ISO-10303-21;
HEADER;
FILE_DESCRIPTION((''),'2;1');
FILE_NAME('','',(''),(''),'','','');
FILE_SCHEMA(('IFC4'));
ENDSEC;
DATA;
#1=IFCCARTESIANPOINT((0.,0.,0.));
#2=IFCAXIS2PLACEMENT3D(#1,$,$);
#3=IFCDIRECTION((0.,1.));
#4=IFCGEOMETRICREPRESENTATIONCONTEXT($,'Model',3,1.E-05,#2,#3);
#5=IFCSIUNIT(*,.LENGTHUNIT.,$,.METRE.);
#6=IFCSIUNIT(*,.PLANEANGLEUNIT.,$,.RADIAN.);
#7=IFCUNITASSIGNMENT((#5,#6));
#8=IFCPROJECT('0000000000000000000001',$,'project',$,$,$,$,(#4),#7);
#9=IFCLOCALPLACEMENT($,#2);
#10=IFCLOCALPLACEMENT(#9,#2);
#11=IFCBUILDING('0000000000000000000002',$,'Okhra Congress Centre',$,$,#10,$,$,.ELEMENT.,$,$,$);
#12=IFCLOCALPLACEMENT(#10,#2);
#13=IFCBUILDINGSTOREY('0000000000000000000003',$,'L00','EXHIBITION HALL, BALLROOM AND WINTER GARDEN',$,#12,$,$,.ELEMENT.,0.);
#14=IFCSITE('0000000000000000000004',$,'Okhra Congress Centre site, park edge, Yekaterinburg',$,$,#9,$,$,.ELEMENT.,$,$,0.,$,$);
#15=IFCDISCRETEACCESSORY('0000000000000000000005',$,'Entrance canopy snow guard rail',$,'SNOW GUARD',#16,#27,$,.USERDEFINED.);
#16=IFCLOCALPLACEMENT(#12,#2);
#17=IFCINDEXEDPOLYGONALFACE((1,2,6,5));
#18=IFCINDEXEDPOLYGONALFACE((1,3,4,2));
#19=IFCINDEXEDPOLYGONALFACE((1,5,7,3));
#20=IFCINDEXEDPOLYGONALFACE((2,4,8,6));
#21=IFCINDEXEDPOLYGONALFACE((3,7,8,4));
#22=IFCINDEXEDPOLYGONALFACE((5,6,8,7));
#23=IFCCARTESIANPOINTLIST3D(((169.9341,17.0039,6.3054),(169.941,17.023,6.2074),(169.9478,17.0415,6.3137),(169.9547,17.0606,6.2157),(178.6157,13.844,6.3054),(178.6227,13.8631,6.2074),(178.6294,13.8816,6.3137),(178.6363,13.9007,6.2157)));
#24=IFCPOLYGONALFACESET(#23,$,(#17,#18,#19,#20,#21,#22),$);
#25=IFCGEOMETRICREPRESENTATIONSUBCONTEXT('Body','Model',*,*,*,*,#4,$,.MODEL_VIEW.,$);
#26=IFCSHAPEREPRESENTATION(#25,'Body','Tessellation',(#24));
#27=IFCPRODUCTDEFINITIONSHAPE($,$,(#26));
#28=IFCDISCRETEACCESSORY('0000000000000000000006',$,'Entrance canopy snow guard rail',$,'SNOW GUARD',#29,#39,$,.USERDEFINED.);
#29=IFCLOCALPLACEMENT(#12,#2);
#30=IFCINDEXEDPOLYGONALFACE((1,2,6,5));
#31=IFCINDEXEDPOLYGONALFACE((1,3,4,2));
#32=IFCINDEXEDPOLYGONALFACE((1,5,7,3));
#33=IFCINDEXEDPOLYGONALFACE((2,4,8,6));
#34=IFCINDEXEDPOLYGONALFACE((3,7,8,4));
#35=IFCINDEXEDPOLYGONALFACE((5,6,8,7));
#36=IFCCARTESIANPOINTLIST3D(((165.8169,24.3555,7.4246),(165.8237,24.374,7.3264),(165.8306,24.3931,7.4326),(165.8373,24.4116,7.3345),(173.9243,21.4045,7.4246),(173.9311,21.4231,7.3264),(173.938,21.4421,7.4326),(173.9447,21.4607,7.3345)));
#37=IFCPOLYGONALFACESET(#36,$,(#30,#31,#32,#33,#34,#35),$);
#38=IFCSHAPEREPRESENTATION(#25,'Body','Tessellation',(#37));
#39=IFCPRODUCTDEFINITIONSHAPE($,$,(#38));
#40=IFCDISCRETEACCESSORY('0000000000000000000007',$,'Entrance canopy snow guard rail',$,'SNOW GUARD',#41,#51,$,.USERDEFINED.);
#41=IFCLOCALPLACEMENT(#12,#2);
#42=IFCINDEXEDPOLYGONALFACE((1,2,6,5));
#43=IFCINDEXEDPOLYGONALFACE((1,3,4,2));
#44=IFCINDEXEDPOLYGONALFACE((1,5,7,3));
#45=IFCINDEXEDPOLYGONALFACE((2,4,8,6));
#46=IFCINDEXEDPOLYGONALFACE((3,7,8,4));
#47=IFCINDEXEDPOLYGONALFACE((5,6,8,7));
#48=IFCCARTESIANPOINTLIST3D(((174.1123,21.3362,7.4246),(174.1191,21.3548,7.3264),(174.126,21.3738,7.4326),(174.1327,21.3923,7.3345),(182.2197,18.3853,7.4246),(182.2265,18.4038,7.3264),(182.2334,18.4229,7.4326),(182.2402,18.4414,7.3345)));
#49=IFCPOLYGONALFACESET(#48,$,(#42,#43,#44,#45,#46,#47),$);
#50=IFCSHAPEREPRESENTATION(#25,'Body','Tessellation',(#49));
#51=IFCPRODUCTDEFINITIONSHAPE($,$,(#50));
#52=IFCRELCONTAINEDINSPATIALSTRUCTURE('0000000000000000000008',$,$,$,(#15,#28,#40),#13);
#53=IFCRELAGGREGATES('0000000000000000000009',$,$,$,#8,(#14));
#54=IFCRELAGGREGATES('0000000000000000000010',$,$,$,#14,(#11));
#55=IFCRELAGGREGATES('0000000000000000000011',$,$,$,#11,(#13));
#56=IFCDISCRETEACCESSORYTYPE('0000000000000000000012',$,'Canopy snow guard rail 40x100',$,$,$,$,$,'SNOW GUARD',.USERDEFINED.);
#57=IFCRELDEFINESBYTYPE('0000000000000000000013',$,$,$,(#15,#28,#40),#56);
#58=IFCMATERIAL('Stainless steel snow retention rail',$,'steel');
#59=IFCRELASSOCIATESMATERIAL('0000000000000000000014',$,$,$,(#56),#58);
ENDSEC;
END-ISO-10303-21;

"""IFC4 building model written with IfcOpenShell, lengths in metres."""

from ifc_helpers import new_model, si_unit, direction, frame, origin, place, context, subcontext, project, spatial, polyline, outline, extrude, material, type_object, element, save


model = new_model("IFC4")

# Units and contexts
model_context = context("Model", 3, precision=1e-05, world=origin(), true_north=direction((0.0, 1.0)))
body_context = subcontext(model_context, "Body", "Model", "MODEL_VIEW")
ifc_project = project(units=[si_unit("LENGTHUNIT", "METRE"), si_unit("PLANEANGLEUNIT", "RADIAN")], contexts=[model_context])

# Site, building, storey
site_placement = place(None, origin())
site = spatial("IfcSite", under=ifc_project, at=site_placement, Name="Okhra Congress Centre site, park edge, Yekaterinburg", CompositionType="ELEMENT", RefElevation=0.0)
building_placement = place(site_placement, origin())
building = spatial("IfcBuilding", under=site, at=building_placement, Name="Okhra Congress Centre", CompositionType="ELEMENT")
storey_placement = place(building_placement, origin())
storey = spatial("IfcBuildingStorey", under=building, at=storey_placement, Name="L00", Description="EXHIBITION HALL, BALLROOM AND WINTER GARDEN", CompositionType="ELEMENT", Elevation=0.0)

# Discrete accessories
ifc_material_1 = material(Name="Stainless steel snow retention rail", Category="steel")
discrete_accessory_type_1 = type_object("IfcDiscreteAccessoryType", Name="Canopy snow guard rail 40x100", ElementType="SNOW GUARD", PredefinedType="USERDEFINED", material=ifc_material_1)
discrete_accessory_1_placement = place(storey_placement, frame((169.9341, 17.0039, 6.3054), z_axis=(-0.069486, -0.190907, 0.979146), x_axis=(0.939691, -0.342025, 0.0)))
element("IfcDiscreteAccessory", 1, at=discrete_accessory_1_placement, inside=storey, type_object=discrete_accessory_type_1, Name="Entrance canopy snow guard rail", ObjectType="SNOW GUARD", PredefinedType="USERDEFINED", context=body_context, shape_type="SweptSolid", body=[
    extrude(outline(polyline([(0.0, 0.0), (9.2388, 0.0), (9.2388, 0.0409), (0.0, 0.0409), (0.0, 0.0)])), origin(), (0.0, 0.0, -1.0), 0.1001),
])
for number, where, z_axis, x_axis, name in (
    (2, (165.8169, 24.3555, 7.4246), (-0.067523, -0.185514, 0.980319), (0.93969, -0.342027, 0.0), "Entrance canopy snow guard rail"),
    (3, (174.1123, 21.3362, 7.4246), (-0.067523, -0.185514, 0.980319), (0.93969, -0.342027, 0.0), "Entrance canopy snow guard rail"),
):
    element("IfcDiscreteAccessory", number, at=place(storey_placement, frame(where, z_axis=z_axis, x_axis=x_axis)), inside=storey, type_object=discrete_accessory_type_1, Name=name, ObjectType="SNOW GUARD", PredefinedType="USERDEFINED", context=body_context, shape_type="SweptSolid", body=[
        extrude(outline(polyline([(0.0, 0.0), (8.6278, 0.0), (8.6277, 0.0408), (0.0, 0.0408), (0.0, 0.0)])), origin(), (0.0, 0.0, -1.0), 0.1001),
    ])

save(model, "model.ifc")
